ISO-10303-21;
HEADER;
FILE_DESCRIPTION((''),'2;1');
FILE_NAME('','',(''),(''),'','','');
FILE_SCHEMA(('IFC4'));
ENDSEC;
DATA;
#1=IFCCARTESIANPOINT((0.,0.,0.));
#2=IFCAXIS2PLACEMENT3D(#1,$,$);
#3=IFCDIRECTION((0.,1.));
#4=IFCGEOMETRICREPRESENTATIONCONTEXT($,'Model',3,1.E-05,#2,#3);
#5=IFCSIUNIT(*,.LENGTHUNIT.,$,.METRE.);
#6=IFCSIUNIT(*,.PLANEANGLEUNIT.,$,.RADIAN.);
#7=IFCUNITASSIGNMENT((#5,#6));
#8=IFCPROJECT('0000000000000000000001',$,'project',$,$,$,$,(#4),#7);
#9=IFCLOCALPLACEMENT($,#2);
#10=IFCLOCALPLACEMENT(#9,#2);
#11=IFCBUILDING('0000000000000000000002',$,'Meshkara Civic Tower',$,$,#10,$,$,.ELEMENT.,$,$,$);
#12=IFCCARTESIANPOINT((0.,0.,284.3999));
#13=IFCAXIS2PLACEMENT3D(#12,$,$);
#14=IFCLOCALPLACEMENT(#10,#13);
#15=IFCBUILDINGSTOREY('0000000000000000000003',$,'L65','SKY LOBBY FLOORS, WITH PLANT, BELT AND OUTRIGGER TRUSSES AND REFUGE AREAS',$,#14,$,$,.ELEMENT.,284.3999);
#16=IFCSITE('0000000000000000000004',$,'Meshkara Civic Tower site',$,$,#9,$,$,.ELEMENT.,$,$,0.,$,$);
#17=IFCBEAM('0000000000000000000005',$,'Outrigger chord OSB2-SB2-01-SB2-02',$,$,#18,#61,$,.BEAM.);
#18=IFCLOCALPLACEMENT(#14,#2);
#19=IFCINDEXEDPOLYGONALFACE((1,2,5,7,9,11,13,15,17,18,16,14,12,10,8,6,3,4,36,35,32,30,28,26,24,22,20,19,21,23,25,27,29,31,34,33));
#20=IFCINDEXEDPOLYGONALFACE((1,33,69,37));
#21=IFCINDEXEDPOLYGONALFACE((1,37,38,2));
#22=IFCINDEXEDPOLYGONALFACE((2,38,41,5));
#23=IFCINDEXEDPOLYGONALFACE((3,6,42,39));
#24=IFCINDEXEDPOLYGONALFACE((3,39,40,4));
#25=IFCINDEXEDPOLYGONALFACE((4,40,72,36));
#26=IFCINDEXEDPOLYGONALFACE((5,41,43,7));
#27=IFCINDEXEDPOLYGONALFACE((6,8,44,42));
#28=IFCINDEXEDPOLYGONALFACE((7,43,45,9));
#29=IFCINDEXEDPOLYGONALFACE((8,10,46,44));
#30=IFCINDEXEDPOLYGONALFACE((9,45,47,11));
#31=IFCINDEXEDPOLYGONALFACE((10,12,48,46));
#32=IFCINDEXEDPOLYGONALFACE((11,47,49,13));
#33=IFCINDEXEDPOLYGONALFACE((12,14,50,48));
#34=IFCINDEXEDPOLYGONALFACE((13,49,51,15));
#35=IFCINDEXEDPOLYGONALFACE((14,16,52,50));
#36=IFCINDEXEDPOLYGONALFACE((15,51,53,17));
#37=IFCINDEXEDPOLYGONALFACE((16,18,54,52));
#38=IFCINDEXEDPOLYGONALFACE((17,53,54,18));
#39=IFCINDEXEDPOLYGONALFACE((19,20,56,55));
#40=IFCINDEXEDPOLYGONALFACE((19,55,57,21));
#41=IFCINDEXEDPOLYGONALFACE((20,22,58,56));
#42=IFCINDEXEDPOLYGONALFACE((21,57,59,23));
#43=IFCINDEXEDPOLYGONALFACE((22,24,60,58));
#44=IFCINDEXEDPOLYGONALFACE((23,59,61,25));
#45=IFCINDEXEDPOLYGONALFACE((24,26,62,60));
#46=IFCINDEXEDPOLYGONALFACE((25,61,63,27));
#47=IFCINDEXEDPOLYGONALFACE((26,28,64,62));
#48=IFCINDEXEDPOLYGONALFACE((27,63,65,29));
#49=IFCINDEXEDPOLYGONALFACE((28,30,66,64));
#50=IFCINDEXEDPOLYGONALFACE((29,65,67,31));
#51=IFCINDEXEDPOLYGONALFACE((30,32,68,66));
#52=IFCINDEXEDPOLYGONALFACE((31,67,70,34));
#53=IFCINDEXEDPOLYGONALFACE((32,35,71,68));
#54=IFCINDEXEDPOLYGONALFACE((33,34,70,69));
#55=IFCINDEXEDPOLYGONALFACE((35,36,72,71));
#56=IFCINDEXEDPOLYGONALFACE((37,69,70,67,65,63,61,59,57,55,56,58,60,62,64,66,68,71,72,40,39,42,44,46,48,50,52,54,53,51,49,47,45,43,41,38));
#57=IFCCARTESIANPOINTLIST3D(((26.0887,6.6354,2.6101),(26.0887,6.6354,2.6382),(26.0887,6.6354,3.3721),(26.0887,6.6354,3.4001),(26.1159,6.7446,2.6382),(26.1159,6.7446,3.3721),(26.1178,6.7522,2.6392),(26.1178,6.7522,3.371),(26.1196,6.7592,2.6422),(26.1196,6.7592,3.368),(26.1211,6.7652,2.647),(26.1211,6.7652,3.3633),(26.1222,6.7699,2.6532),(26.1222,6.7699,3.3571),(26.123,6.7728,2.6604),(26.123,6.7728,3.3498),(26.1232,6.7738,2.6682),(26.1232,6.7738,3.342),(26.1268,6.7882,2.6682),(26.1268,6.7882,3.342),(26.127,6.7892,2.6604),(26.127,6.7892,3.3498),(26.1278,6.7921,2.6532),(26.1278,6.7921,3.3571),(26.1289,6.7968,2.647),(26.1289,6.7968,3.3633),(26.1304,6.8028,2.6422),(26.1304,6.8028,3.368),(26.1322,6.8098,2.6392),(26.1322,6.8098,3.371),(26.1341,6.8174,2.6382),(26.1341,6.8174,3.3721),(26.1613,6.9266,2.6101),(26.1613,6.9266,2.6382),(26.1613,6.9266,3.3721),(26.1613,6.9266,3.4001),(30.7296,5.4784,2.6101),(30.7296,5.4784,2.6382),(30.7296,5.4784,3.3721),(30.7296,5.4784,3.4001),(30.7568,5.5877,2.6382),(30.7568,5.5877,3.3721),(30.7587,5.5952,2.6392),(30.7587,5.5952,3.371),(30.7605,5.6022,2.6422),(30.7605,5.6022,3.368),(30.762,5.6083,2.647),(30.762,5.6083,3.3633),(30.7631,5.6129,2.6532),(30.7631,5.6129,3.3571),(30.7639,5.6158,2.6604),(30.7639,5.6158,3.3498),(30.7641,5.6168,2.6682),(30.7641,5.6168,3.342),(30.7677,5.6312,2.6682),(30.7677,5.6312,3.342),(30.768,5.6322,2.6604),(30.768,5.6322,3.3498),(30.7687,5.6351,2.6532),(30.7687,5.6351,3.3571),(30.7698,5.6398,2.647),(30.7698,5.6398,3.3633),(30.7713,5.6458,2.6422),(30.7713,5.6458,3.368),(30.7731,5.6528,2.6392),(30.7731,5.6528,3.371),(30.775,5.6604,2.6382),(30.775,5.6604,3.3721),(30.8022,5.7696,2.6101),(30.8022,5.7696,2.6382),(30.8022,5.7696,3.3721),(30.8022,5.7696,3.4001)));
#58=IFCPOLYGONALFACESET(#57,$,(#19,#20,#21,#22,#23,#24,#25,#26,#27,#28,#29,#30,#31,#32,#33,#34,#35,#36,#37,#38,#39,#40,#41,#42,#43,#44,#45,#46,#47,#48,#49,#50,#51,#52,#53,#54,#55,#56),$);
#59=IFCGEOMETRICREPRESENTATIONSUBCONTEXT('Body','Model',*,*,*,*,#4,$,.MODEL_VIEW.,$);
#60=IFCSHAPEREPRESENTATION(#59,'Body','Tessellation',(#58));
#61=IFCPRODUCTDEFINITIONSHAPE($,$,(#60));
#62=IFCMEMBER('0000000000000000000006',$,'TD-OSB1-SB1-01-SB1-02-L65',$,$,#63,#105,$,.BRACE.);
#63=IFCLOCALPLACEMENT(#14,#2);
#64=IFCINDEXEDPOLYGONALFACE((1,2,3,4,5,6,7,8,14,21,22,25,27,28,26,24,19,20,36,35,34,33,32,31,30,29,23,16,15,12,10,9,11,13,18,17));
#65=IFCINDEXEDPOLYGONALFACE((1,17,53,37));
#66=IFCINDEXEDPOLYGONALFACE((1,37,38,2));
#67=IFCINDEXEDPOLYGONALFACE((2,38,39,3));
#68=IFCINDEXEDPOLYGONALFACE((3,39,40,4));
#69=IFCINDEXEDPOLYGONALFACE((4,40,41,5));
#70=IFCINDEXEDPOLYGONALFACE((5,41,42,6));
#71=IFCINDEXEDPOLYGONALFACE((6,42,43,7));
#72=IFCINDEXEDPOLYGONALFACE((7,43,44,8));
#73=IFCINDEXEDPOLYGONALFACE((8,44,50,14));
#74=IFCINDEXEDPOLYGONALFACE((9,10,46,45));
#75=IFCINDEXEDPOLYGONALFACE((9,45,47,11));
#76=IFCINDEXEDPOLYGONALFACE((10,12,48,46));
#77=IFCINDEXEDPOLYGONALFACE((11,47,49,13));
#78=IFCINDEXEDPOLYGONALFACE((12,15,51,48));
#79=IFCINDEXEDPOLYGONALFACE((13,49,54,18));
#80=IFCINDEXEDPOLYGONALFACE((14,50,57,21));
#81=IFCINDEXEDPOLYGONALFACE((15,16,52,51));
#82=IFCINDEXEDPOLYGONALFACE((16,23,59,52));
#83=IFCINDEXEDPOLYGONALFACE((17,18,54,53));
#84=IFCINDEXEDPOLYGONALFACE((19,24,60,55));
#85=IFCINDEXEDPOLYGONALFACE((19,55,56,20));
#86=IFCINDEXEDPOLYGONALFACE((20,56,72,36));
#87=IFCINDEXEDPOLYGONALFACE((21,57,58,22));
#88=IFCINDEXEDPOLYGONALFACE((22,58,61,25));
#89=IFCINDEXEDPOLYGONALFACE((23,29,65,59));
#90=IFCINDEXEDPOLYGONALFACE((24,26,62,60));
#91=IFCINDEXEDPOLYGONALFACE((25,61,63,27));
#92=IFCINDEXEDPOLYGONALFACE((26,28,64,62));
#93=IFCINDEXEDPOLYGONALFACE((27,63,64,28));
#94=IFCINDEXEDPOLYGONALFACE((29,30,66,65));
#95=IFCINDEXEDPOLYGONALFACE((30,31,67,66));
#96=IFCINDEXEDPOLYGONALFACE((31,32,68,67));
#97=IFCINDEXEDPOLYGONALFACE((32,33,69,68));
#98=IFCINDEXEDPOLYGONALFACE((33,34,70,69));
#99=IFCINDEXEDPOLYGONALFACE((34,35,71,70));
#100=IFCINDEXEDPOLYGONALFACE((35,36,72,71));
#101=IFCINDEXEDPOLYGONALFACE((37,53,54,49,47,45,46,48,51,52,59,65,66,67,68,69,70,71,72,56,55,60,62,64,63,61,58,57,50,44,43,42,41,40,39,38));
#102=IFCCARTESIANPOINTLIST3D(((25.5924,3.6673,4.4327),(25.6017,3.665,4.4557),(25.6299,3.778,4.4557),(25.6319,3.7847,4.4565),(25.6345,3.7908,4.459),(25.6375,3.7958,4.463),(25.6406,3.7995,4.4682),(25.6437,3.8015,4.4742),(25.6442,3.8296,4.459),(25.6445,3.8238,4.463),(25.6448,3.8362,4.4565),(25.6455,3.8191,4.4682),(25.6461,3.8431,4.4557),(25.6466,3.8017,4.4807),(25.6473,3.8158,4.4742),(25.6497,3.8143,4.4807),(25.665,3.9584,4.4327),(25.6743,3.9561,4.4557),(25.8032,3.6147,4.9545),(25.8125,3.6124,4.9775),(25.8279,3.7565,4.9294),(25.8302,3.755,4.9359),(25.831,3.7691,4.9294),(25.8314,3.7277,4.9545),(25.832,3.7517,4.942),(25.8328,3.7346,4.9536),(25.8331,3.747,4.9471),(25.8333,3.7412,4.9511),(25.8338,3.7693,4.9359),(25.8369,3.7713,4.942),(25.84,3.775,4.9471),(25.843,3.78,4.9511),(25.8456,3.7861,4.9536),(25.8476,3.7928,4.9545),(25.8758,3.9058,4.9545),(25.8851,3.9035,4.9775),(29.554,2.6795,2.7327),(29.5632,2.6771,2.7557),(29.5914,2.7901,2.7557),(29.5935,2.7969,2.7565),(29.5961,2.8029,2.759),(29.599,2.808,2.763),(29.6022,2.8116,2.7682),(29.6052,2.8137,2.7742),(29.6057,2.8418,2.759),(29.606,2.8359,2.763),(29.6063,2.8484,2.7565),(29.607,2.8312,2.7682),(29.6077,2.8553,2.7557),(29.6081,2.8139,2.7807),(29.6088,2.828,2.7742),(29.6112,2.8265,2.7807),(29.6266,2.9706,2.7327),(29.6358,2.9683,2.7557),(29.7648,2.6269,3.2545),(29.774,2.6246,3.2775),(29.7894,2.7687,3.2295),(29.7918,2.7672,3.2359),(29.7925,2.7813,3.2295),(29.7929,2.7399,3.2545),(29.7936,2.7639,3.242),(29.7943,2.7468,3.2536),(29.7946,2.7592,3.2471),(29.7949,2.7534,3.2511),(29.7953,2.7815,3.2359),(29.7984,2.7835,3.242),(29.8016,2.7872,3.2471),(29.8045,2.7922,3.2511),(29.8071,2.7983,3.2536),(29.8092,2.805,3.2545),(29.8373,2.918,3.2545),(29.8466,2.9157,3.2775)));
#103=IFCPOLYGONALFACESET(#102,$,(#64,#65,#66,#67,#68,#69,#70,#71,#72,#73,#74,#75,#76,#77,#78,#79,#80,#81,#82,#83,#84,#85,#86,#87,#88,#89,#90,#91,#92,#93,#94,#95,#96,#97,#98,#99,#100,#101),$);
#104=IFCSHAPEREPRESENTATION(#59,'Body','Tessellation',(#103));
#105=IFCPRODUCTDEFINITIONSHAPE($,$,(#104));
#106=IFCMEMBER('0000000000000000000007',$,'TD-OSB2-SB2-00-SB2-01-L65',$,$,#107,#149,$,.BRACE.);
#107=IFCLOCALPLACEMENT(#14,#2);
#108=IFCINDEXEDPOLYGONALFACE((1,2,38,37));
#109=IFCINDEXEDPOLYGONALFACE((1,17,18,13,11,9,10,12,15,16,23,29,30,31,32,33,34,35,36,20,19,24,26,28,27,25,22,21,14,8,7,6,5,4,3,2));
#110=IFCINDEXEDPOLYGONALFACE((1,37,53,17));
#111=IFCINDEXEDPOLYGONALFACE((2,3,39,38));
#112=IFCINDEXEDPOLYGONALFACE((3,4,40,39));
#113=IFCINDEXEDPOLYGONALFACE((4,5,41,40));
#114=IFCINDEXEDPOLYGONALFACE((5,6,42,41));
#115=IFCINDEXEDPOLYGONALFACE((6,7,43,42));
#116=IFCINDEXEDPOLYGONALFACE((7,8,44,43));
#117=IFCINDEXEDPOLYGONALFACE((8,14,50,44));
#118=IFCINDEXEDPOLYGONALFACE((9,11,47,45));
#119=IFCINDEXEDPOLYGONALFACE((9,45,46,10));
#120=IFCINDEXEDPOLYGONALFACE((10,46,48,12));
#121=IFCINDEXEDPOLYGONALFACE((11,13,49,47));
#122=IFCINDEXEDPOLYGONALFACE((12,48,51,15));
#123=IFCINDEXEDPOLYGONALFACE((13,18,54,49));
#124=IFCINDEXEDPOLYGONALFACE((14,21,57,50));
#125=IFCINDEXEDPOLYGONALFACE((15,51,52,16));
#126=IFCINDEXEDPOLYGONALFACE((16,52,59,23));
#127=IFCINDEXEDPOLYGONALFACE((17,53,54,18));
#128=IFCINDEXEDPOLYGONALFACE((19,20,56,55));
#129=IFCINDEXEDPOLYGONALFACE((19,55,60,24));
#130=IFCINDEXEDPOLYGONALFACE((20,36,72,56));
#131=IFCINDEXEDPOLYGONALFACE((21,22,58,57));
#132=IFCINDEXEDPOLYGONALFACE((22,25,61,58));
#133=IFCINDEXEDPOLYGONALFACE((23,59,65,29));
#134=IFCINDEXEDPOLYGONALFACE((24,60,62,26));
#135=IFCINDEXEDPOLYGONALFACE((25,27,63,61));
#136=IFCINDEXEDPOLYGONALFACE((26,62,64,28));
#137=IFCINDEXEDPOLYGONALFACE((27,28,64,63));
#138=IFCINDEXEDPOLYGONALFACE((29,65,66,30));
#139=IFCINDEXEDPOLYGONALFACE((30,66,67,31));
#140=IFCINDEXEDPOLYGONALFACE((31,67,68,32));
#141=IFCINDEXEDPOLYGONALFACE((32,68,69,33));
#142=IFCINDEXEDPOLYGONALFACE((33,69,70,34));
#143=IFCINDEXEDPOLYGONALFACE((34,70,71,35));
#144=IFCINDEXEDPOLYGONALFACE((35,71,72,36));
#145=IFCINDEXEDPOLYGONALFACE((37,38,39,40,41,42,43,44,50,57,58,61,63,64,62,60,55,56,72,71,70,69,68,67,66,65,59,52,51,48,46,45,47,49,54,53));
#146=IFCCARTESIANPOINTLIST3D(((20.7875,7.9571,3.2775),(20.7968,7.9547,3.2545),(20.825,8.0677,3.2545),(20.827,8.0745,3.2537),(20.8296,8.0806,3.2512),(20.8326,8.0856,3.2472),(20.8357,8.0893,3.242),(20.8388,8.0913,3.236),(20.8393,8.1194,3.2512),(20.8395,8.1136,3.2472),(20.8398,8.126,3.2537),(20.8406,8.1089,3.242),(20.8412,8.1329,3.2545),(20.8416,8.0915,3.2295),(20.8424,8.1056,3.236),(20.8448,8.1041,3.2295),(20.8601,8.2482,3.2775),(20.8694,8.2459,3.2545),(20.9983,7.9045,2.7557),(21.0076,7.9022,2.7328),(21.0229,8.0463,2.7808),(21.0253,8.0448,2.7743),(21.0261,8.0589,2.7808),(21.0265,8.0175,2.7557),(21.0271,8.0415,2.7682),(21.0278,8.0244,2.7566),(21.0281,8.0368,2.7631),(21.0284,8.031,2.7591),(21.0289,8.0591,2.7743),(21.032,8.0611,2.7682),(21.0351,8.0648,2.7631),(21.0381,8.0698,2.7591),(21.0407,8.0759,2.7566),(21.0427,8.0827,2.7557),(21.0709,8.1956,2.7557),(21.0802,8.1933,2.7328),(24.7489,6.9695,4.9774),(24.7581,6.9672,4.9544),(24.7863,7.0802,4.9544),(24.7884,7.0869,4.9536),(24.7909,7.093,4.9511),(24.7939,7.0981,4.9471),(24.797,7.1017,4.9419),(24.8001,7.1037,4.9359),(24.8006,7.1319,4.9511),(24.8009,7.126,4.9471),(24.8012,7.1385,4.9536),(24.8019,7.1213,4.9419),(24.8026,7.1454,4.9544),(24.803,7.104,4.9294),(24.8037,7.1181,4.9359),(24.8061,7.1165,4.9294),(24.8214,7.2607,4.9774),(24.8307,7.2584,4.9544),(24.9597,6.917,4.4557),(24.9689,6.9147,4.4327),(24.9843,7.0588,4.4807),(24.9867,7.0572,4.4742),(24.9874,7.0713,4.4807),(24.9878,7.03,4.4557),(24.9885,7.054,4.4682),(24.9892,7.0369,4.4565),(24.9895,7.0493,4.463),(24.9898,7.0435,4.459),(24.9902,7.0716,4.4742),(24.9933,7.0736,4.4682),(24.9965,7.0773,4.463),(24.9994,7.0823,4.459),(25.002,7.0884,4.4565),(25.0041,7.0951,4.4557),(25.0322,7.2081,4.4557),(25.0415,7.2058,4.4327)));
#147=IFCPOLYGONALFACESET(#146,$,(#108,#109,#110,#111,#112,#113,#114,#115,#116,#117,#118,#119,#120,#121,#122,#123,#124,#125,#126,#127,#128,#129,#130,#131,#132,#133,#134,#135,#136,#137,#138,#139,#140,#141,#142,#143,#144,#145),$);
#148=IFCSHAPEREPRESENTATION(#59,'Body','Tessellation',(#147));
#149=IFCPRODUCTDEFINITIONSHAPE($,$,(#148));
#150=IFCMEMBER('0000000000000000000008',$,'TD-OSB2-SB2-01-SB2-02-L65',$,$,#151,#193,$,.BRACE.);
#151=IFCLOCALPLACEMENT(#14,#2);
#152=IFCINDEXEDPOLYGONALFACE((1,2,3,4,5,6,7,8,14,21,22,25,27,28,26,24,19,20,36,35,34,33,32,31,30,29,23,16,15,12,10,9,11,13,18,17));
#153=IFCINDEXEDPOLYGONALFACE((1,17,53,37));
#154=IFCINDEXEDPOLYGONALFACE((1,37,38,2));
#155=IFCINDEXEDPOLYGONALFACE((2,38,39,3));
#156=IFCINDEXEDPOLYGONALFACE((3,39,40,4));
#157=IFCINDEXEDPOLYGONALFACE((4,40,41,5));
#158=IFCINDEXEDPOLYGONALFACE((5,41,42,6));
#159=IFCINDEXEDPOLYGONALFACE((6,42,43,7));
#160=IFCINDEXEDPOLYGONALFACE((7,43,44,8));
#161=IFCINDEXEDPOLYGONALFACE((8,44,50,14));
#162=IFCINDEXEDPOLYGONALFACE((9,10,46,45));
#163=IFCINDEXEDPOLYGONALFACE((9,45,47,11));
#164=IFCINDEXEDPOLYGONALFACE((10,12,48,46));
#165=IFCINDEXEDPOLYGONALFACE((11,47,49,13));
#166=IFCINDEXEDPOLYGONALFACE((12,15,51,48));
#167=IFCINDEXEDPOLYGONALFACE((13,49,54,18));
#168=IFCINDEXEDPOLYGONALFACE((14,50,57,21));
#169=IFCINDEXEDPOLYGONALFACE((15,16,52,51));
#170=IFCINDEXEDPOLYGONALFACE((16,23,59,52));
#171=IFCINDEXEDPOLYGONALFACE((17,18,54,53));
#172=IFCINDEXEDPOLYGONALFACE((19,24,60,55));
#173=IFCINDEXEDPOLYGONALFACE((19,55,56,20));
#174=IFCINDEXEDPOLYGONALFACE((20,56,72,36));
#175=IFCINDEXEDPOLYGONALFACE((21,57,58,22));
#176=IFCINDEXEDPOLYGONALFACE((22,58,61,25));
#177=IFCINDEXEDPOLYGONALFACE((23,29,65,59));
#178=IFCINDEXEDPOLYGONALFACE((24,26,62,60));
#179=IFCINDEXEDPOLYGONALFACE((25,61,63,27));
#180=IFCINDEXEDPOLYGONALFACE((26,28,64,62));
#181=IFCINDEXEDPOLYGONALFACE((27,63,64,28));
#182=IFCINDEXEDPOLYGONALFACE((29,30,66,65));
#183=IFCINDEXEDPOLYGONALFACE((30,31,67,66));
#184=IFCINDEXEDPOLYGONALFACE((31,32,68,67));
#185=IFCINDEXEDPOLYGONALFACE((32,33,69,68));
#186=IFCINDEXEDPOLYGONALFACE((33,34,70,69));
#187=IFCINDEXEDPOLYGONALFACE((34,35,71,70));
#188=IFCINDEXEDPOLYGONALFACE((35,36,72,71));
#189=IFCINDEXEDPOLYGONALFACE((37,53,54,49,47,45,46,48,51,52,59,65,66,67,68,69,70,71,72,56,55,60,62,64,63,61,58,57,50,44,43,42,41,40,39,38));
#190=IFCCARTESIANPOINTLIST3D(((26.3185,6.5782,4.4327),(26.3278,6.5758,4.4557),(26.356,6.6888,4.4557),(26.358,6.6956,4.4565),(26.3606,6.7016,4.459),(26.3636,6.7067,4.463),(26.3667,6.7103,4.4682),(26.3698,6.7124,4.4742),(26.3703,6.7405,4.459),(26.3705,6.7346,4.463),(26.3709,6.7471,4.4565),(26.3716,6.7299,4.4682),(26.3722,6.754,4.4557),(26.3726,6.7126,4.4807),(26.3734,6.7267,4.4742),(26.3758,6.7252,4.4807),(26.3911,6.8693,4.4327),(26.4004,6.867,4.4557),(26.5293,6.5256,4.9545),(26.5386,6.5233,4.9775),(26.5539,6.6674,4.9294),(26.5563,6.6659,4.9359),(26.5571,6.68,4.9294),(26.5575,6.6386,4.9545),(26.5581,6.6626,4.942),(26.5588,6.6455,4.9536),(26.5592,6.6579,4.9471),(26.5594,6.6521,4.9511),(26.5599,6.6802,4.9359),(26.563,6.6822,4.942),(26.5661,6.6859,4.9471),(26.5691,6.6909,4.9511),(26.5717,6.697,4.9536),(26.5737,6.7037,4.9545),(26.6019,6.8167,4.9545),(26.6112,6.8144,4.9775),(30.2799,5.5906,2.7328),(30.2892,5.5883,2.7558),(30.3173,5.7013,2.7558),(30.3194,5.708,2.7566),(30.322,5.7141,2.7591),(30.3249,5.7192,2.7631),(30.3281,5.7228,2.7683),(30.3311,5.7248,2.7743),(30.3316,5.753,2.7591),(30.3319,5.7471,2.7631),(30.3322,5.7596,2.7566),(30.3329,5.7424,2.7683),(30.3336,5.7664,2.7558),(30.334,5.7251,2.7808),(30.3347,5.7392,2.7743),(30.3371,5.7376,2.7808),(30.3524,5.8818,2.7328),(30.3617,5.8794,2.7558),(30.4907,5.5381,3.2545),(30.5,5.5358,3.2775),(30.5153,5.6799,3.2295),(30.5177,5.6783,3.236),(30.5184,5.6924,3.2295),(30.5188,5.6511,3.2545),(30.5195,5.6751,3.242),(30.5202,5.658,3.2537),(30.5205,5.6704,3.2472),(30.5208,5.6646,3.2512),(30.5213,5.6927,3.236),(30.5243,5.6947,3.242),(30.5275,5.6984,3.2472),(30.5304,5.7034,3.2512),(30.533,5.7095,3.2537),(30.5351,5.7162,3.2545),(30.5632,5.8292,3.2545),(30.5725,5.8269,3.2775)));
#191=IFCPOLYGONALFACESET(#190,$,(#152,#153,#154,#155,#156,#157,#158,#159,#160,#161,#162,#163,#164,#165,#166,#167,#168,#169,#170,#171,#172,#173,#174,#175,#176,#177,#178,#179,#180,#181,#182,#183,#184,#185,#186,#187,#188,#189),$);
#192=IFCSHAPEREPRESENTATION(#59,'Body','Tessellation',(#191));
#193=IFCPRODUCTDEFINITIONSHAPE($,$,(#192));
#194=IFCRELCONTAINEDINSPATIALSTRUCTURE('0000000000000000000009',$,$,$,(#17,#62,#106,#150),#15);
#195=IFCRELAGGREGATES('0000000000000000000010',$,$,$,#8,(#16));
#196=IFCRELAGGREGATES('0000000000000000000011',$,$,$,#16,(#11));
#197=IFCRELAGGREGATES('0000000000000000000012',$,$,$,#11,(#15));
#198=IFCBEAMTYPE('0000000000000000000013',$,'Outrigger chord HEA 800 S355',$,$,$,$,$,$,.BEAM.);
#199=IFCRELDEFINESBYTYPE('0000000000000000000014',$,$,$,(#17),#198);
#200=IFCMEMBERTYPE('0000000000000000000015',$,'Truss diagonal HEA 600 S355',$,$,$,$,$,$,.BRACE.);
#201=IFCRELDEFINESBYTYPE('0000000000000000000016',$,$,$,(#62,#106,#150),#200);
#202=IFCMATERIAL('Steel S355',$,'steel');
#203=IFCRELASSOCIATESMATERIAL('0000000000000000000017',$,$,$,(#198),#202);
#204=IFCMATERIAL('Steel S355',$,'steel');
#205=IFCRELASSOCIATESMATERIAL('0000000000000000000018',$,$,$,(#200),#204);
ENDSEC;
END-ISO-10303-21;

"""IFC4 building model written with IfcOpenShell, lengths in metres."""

from ifc_helpers import new_model, si_unit, direction, frame, origin, origin_2d, place, context, subcontext, project, spatial, i_section, extrude, material, material_profile, profile_set, type_object, element, save


model = new_model("IFC4")

# Units and contexts
model_context = context("Model", 3, precision=1e-05, world=origin(), true_north=direction((0.0, 1.0)))
body_context = subcontext(model_context, "Body", "Model", "MODEL_VIEW")
ifc_project = project(units=[si_unit("LENGTHUNIT", "METRE"), si_unit("PLANEANGLEUNIT", "RADIAN")], contexts=[model_context])

# Site, building, storey
site_placement = place(None, origin())
site = spatial("IfcSite", under=ifc_project, at=site_placement, Name="Meshkara Civic Tower site", CompositionType="ELEMENT", RefElevation=0.0)
building_placement = place(site_placement, origin())
building = spatial("IfcBuilding", under=site, at=building_placement, Name="Meshkara Civic Tower", CompositionType="ELEMENT")
storey_placement = place(building_placement, frame((0.0, 0.0, 284.3999)))
storey = spatial("IfcBuildingStorey", under=building, at=storey_placement, Name="L65", Description="SKY LOBBY FLOORS, WITH PLANT, BELT AND OUTRIGGER TRUSSES AND REFUGE AREAS", CompositionType="ELEMENT", Elevation=284.3999)

# Beam
ifc_material_1 = material(Name="Steel S355", Category="steel")
ifc_material_profile_1 = material_profile(ifc_material_1, i_section(OverallWidth=0.3, OverallDepth=0.79, WebThickness=0.0149, FlangeThickness=0.0281, FilletRadius=0.03, at=origin_2d()))
ifc_profile_set_1 = profile_set([ifc_material_profile_1], Name="Steel S355")
beam_type_1 = type_object("IfcBeamType", Name="Outrigger chord HEA 800 S355", PredefinedType="BEAM", material=ifc_profile_set_1)
for number, where, z_axis, x_axis, name in (
    (1, (26.125, 6.781, 3.0051), (0.970301, -0.241899, 0.0), (0.241899, 0.970301, 0.0), "Outrigger chord OSB2-SB2-01-SB2-02"),
):
    element("IfcBeam", number, at=place(storey_placement, frame(where, z_axis=z_axis, x_axis=x_axis)), inside=storey, type_object=beam_type_1, Name=name, PredefinedType="BEAM", context=body_context, shape_type="SweptSolid", body=[
        extrude(i_section(OverallWidth=0.3, OverallDepth=0.79, WebThickness=0.0149, FlangeThickness=0.0281, FilletRadius=0.03, at=origin_2d()), origin(), (0.0, 0.0, 1.0), 4.783),
    ])

# Members
ifc_material_2 = material(Name="Steel S355", Category="steel")
ifc_material_profile_2 = material_profile(ifc_material_2, i_section(OverallWidth=0.3, OverallDepth=0.5901, WebThickness=0.0129, FlangeThickness=0.0249, FilletRadius=0.0271, at=origin_2d()))
ifc_profile_set_2 = profile_set([ifc_material_profile_2], Name="Steel S355")
member_type_1 = type_object("IfcMemberType", Name="Truss diagonal HEA 600 S355", PredefinedType="BRACE", material=ifc_profile_set_2)
member_1_placement = place(storey_placement, frame((25.7388, 3.7854, 4.7051), z_axis=(0.895745, -0.223356, -0.384387), x_axis=(0.241945, 0.97029, 0.0)))
element("IfcMember", 2, at=member_1_placement, inside=storey, type_object=member_type_1, Name="TD-OSB1-SB1-01-SB1-02-L65", PredefinedType="BRACE", context=body_context, shape_type="SweptSolid", body=[
    extrude(i_section(OverallWidth=0.3, OverallDepth=0.5901, WebThickness=0.0129, FlangeThickness=0.0249, FilletRadius=0.0271, at=origin_2d()), origin(), (0.0, 0.0, 1.0), 4.4226),
])
for number, where, z_axis, x_axis, name in (
    (3, (20.9338, 8.0752, 3.0051), (0.895756, -0.223304, 0.384392), (0.241888, 0.970304, 0.0), "TD-OSB2-SB2-00-SB2-01-L65"),
    (4, (26.4648, 6.6963, 4.7051), (0.895756, -0.223304, -0.384392), (0.241888, 0.970304, 0.0), "TD-OSB2-SB2-01-SB2-02-L65"),
):
    element("IfcMember", number, at=place(storey_placement, frame(where, z_axis=z_axis, x_axis=x_axis)), inside=storey, type_object=member_type_1, Name=name, PredefinedType="BRACE", context=body_context, shape_type="SweptSolid", body=[
        extrude(i_section(OverallWidth=0.3, OverallDepth=0.5901, WebThickness=0.0129, FlangeThickness=0.0249, FilletRadius=0.0271, at=origin_2d()), origin(), (0.0, 0.0, 1.0), 4.4224),
    ])

save(model, "model.ifc")
